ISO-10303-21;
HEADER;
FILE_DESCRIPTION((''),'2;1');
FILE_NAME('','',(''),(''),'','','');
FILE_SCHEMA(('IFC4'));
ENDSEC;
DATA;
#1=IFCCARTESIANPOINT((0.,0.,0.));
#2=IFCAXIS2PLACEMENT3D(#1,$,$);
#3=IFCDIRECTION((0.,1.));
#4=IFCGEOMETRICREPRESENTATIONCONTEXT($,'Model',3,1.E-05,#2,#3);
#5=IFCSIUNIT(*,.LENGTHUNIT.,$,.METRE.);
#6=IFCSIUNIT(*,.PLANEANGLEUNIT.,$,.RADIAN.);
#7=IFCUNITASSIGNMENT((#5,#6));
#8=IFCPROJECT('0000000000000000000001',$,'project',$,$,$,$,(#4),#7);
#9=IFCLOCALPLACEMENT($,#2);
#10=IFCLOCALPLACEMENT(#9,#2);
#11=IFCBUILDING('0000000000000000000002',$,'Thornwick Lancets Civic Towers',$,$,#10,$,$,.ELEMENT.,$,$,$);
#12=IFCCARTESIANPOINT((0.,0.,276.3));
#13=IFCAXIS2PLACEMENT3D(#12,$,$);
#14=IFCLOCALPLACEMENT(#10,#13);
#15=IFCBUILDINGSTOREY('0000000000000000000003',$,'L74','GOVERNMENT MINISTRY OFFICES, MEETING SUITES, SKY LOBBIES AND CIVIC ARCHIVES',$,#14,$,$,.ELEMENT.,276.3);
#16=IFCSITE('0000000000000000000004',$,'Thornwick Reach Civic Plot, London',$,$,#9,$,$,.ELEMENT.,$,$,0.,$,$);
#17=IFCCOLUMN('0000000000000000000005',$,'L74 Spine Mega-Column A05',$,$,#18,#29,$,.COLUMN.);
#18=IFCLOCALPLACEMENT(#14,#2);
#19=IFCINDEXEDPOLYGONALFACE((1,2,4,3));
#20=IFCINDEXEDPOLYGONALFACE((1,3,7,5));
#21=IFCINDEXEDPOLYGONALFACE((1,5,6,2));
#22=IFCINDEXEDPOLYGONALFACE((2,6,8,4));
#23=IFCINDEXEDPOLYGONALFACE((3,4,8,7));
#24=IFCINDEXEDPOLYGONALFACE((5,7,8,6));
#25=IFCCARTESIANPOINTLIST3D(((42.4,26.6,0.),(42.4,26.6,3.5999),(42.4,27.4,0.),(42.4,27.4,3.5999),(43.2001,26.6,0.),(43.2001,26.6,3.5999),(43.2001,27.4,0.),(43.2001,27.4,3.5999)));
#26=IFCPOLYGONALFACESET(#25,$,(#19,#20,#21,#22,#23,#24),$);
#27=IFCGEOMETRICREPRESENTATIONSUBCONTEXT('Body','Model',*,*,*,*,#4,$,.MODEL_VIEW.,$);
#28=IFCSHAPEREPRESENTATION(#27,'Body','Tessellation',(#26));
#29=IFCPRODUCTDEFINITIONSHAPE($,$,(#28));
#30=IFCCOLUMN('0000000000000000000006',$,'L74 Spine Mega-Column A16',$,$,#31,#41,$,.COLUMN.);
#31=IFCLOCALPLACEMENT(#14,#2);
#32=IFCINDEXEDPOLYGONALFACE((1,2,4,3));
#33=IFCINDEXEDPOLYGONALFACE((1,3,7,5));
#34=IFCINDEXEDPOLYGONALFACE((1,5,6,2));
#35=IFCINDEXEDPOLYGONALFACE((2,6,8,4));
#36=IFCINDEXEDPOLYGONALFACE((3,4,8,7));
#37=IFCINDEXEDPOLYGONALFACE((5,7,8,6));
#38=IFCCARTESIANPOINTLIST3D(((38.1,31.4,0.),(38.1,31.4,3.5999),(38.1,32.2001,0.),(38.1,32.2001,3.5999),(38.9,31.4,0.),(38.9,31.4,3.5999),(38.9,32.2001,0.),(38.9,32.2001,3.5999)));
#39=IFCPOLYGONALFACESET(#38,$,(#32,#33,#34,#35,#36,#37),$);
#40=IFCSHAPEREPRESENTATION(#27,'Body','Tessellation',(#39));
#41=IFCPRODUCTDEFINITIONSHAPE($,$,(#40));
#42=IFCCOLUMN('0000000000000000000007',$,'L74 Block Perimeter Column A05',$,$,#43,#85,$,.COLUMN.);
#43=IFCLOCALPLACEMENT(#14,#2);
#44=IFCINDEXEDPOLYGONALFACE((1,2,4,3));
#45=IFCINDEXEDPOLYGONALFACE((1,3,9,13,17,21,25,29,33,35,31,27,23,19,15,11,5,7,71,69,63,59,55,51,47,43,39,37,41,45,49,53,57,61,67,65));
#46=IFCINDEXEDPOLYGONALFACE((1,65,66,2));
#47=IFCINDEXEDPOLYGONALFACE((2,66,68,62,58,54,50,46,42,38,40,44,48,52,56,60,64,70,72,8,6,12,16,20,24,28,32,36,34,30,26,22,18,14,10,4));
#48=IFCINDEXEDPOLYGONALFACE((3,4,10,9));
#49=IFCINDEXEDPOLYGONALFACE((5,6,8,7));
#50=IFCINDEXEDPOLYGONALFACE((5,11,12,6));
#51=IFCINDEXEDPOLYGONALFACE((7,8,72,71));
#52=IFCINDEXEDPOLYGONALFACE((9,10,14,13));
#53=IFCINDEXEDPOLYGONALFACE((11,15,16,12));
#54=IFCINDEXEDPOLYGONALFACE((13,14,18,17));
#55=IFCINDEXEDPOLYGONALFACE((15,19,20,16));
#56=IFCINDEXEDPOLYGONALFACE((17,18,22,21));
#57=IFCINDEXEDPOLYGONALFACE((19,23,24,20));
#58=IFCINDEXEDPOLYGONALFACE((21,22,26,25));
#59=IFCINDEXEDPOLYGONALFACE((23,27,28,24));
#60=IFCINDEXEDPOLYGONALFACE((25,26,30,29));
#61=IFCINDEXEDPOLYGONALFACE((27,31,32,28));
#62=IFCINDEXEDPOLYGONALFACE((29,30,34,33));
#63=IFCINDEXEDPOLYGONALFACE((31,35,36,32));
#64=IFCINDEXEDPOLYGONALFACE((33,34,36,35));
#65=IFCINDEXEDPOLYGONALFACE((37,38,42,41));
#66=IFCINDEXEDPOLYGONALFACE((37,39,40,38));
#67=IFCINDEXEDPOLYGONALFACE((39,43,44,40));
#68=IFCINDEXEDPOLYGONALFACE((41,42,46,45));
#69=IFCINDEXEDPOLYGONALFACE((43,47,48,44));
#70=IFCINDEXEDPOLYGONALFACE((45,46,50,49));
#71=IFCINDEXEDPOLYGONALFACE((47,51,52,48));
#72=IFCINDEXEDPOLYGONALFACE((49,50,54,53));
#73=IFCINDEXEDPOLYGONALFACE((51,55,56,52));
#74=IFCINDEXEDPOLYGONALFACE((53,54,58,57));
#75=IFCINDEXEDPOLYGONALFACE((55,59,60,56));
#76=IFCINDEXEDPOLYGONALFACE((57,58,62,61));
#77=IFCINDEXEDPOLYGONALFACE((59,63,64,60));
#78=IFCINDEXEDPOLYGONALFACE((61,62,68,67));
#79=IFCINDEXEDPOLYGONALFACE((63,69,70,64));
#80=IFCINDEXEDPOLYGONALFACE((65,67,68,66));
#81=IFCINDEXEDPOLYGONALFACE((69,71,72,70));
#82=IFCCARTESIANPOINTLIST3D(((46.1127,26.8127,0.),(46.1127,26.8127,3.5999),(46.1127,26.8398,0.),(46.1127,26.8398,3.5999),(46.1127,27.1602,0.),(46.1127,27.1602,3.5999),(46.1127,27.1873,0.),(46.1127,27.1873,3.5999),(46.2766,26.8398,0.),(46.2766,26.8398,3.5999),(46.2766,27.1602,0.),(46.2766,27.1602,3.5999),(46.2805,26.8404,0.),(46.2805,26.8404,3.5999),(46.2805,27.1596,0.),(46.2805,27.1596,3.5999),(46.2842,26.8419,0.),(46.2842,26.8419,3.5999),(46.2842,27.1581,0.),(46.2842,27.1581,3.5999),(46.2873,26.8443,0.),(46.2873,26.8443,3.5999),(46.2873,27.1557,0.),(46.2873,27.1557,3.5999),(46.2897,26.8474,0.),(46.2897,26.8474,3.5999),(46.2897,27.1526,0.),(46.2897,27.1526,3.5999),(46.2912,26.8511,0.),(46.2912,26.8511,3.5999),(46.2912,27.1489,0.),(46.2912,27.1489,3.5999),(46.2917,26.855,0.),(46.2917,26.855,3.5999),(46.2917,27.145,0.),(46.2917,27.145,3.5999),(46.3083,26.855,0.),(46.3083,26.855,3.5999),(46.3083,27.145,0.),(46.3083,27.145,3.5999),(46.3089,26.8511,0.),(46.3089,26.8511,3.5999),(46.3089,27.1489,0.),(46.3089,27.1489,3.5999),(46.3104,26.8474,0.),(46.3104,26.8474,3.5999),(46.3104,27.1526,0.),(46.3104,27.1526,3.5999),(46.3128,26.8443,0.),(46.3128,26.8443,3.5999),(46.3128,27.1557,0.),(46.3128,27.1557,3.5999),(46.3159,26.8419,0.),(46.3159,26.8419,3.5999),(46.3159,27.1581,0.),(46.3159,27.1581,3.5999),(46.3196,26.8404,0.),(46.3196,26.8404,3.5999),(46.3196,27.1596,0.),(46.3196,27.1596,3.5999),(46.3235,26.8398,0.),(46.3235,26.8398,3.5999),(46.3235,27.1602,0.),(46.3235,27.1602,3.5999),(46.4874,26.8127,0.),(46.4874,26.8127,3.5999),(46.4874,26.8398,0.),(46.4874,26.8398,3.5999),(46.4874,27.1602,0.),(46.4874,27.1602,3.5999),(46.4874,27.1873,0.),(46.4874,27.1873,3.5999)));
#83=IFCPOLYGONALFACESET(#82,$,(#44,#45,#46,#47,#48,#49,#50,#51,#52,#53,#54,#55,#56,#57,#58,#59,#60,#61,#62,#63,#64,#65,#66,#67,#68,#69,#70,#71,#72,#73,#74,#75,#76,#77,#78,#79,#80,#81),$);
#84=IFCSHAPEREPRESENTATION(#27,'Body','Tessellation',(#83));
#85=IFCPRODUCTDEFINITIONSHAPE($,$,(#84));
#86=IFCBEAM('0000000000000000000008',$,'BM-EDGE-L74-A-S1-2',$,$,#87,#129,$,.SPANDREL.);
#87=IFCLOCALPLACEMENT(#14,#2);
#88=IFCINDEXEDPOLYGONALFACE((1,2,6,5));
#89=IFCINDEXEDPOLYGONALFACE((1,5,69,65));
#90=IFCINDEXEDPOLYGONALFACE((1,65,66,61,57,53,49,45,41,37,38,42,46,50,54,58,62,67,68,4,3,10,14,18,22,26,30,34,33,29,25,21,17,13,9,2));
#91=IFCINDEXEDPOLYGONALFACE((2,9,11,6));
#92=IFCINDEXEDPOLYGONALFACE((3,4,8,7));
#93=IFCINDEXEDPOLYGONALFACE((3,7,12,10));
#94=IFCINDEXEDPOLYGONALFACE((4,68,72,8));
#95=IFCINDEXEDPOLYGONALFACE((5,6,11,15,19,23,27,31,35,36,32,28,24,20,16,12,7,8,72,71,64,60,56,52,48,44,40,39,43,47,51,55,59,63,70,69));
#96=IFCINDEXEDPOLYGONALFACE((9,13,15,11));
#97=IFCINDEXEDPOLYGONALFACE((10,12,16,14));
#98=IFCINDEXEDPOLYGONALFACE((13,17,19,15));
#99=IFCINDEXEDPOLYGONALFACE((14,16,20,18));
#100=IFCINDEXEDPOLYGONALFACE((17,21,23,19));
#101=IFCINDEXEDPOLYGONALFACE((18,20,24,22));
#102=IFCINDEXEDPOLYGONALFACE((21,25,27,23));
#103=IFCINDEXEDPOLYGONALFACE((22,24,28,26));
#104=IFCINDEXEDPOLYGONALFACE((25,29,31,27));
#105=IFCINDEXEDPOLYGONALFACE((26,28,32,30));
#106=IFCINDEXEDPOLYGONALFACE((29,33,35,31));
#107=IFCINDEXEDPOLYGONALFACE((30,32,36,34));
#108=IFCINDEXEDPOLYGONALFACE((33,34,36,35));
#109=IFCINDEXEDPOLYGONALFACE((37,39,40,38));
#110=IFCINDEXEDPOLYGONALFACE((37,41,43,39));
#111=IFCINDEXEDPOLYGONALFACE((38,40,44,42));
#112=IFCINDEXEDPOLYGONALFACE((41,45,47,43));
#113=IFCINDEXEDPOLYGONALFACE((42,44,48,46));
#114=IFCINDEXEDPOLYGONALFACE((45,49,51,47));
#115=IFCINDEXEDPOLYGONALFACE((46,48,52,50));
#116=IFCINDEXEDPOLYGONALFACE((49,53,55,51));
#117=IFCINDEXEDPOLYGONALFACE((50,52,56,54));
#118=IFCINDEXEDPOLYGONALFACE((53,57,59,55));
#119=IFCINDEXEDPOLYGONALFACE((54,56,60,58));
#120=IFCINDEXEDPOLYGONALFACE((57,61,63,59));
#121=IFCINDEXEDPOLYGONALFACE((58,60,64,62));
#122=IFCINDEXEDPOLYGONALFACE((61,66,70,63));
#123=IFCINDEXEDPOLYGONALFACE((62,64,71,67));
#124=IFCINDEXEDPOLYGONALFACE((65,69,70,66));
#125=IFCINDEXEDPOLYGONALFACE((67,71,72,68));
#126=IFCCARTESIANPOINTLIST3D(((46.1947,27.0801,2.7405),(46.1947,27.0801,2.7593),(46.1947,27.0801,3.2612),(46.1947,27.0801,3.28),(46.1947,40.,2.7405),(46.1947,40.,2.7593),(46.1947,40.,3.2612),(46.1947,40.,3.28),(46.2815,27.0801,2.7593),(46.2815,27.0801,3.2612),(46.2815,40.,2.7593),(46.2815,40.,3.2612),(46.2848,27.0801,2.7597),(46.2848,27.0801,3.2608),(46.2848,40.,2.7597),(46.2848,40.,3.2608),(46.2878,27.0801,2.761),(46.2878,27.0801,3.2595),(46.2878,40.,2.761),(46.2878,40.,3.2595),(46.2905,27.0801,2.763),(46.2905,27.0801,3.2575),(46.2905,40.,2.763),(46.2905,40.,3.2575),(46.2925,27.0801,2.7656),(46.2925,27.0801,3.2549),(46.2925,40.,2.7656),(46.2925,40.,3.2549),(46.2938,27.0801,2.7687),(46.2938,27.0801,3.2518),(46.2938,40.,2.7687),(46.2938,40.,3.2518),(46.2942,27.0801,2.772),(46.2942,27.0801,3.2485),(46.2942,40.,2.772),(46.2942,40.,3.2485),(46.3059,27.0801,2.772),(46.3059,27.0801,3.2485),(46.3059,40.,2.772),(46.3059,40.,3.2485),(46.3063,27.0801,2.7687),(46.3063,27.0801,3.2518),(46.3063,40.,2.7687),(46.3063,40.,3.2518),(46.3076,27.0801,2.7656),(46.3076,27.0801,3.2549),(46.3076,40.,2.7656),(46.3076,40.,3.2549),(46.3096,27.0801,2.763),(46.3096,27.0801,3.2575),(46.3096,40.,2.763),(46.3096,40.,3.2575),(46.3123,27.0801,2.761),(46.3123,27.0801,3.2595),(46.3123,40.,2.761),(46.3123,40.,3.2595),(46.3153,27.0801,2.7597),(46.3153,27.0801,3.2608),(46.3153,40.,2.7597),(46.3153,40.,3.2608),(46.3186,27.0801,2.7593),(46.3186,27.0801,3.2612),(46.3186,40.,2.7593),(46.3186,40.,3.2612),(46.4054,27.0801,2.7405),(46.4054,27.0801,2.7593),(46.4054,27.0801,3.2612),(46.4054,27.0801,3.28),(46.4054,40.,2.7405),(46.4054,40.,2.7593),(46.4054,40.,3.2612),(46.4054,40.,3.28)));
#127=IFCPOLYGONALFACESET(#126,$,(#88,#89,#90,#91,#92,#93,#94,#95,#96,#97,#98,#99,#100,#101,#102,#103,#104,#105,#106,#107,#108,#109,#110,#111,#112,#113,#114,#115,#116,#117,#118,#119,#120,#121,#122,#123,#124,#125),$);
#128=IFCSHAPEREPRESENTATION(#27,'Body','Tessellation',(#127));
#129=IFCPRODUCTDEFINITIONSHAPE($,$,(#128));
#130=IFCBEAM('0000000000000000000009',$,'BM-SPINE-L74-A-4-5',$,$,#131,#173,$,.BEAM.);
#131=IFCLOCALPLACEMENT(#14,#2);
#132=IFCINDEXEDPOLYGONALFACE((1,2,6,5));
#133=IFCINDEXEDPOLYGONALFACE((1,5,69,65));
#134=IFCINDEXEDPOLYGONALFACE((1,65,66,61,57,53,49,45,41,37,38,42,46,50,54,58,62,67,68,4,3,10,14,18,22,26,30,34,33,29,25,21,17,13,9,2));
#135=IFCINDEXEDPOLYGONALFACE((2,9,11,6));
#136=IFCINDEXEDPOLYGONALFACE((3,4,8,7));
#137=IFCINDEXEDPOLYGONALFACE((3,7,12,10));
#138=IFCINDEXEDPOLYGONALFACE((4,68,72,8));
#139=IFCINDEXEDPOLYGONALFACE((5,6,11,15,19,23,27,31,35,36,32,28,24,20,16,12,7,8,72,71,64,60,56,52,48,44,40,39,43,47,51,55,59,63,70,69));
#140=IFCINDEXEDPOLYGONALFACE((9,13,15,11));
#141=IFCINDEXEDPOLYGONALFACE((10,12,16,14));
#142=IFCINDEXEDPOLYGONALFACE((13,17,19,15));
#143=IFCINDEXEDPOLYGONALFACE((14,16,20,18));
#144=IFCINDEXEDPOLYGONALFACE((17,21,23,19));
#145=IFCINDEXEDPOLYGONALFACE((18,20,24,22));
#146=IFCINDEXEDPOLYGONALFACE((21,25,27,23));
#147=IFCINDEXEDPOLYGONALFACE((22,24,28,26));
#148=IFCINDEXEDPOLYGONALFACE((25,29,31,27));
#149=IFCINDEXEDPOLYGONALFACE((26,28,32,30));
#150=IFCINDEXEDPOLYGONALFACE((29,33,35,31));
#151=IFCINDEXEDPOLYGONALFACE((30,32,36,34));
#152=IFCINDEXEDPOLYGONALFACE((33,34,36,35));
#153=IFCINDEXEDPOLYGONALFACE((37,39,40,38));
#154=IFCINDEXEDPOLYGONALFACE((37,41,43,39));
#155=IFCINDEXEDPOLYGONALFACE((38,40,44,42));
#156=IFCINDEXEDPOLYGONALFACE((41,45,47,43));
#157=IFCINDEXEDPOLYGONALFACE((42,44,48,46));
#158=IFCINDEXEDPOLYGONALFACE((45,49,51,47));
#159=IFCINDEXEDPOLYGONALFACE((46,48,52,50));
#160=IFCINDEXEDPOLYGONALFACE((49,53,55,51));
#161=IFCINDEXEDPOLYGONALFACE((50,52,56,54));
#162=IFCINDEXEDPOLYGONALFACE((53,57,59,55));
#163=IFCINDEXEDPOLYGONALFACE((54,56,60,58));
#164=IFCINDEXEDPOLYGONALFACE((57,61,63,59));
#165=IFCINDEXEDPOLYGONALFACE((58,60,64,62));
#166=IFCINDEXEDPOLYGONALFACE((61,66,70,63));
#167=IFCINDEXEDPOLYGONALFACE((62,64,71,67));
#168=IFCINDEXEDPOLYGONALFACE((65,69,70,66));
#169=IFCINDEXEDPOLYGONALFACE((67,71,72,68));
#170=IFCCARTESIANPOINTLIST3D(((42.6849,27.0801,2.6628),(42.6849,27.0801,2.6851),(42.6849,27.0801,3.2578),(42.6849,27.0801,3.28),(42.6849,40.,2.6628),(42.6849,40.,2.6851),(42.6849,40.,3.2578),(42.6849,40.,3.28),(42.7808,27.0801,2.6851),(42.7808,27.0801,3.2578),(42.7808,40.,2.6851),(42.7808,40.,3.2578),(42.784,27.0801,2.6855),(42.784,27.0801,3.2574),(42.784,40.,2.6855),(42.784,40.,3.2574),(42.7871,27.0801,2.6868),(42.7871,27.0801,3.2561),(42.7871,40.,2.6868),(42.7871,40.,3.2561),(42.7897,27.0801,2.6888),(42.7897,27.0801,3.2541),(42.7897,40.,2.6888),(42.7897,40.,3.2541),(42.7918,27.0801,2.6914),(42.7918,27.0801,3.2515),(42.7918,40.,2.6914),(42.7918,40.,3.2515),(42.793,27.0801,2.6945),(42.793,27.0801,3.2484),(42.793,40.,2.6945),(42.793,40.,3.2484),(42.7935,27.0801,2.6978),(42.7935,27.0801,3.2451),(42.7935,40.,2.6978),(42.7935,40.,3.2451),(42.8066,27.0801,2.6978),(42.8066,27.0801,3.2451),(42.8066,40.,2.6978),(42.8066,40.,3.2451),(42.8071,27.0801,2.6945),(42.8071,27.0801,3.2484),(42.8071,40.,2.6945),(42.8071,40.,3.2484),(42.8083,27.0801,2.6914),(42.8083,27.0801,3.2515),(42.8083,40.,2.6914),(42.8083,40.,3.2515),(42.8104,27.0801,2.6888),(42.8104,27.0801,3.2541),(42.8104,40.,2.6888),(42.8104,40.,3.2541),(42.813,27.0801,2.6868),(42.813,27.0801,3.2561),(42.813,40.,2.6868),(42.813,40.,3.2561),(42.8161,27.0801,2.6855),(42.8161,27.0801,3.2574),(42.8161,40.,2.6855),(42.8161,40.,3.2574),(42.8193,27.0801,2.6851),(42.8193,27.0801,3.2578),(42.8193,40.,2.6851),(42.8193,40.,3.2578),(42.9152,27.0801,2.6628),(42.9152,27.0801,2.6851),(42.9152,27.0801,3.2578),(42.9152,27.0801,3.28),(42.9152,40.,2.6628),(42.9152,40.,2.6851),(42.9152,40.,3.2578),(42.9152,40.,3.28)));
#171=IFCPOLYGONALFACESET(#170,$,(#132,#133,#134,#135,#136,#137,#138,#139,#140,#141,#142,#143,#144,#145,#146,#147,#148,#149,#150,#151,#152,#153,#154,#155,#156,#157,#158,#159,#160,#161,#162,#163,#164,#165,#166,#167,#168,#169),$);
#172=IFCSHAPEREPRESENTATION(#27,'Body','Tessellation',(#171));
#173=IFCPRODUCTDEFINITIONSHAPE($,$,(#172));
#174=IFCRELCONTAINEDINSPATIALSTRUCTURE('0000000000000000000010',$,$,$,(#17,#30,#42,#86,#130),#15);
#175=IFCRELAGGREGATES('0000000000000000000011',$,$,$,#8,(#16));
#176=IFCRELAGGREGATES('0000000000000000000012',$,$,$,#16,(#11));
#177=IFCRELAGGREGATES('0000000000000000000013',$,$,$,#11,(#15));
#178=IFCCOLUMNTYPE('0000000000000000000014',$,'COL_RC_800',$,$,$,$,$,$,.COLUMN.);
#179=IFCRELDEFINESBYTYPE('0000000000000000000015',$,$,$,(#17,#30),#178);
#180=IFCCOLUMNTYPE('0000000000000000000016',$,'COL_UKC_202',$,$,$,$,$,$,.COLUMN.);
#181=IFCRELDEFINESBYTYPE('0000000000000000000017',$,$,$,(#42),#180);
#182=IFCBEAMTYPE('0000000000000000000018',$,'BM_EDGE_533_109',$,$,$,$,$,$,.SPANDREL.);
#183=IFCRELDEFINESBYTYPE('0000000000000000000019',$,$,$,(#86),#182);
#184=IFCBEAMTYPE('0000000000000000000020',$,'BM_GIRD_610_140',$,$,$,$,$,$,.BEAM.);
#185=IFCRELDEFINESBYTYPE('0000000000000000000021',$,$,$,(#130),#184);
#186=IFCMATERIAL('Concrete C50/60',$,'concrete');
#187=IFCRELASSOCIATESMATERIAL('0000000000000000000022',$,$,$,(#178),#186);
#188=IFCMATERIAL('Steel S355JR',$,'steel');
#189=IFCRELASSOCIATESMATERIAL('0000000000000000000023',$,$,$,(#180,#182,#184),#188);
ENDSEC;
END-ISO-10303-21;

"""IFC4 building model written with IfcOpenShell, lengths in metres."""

from ifc_helpers import new_model, si_unit, direction, frame, origin, origin_2d, place, context, subcontext, project, spatial, rectangle, i_section, extrude, material, material_profile, profile_set, type_object, element, save


model = new_model("IFC4")

# Units and contexts
model_context = context("Model", 3, precision=1e-05, world=origin(), true_north=direction((0.0, 1.0)))
body_context = subcontext(model_context, "Body", "Model", "MODEL_VIEW")
ifc_project = project(units=[si_unit("LENGTHUNIT", "METRE"), si_unit("PLANEANGLEUNIT", "RADIAN")], contexts=[model_context])

# Site, building, storey
site_placement = place(None, origin())
site = spatial("IfcSite", under=ifc_project, at=site_placement, Name="Thornwick Reach Civic Plot, London", CompositionType="ELEMENT", RefElevation=0.0)
building_placement = place(site_placement, origin())
building = spatial("IfcBuilding", under=site, at=building_placement, Name="Thornwick Lancets Civic Towers", CompositionType="ELEMENT")
storey_placement = place(building_placement, frame((0.0, 0.0, 276.3)))
storey = spatial("IfcBuildingStorey", under=building, at=storey_placement, Name="L74", Description="GOVERNMENT MINISTRY OFFICES, MEETING SUITES, SKY LOBBIES AND CIVIC ARCHIVES", CompositionType="ELEMENT", Elevation=276.3)

# Columns
ifc_material_1 = material(Name="Concrete C50/60", Category="concrete")
ifc_material_profile_1 = material_profile(ifc_material_1, rectangle(XDim=0.8, YDim=0.8, at=origin_2d()), Name="RC 800x800")
ifc_profile_set_1 = profile_set([ifc_material_profile_1], Name="Concrete C50/60")
column_type_1 = type_object("IfcColumnType", Name="COL_RC_800", PredefinedType="COLUMN", material=ifc_profile_set_1)
for number, where, z_axis, x_axis, name in (
    (1, (42.8, 27.0, 0.0), (0.0, 0.0, 1.0), (1.0, 0.0, 0.0), "L74 Spine Mega-Column A05"),
    (2, (38.5, 31.8, 0.0), (0.0, 0.0, 1.0), (1.0, 0.0, 0.0), "L74 Spine Mega-Column A16"),
):
    element("IfcColumn", number, at=place(storey_placement, frame(where, z_axis=z_axis, x_axis=x_axis)), inside=storey, type_object=column_type_1, Name=name, PredefinedType="COLUMN", context=body_context, shape_type="SweptSolid", body=[
        extrude(rectangle(XDim=0.8, YDim=0.8, at=origin_2d()), origin(), (0.0, 0.0, 1.0), 3.5999),
    ])
ifc_material_2 = material(Name="Steel S355JR", Category="steel")
ifc_material_profile_2 = material_profile(ifc_material_2, i_section(OverallWidth=0.3748, OverallDepth=0.3745, WebThickness=0.0166, FlangeThickness=0.0271, FilletRadius=0.0151, at=origin_2d()), Name="UKC 356x368x202")
ifc_profile_set_2 = profile_set([ifc_material_profile_2], Name="Steel S355JR")
column_type_2 = type_object("IfcColumnType", Name="COL_UKC_202", PredefinedType="COLUMN", material=ifc_profile_set_2)
column_placement = place(storey_placement, frame((46.3, 27.0, 0.0), z_axis=(0.0, 0.0, 1.0), x_axis=(1.0, 0.0, 0.0)))
element("IfcColumn", 3, at=column_placement, inside=storey, type_object=column_type_2, Name="L74 Block Perimeter Column A05", PredefinedType="COLUMN", context=body_context, shape_type="SweptSolid", body=[
    extrude(i_section(OverallWidth=0.3748, OverallDepth=0.3745, WebThickness=0.0166, FlangeThickness=0.0271, FilletRadius=0.0151, at=origin_2d()), origin(), (0.0, 0.0, 1.0), 3.5999),
])

# Beams
ifc_material_profile_3 = material_profile(ifc_material_2, i_section(OverallWidth=0.2107, OverallDepth=0.5396, WebThickness=0.0117, FlangeThickness=0.0188, FilletRadius=0.0127, at=origin_2d()), Name="UKB 533x210x109")
ifc_profile_set_3 = profile_set([ifc_material_profile_3], Name="Steel S355JR")
beam_type_1 = type_object("IfcBeamType", Name="BM_EDGE_533_109", PredefinedType="SPANDREL", material=ifc_profile_set_3)
beam_1_placement = place(storey_placement, frame((46.3, 27.0801, 3.0103), z_axis=(0.0, 1.0, 0.0), x_axis=(-1.0, 0.0, 0.0)))
element("IfcBeam", 4, at=beam_1_placement, inside=storey, type_object=beam_type_1, Name="BM-EDGE-L74-A-S1-2", PredefinedType="SPANDREL", context=body_context, shape_type="SweptSolid", body=[
    extrude(i_section(OverallWidth=0.2107, OverallDepth=0.5396, WebThickness=0.0117, FlangeThickness=0.0188, FilletRadius=0.0127, at=origin_2d()), origin(), (0.0, 0.0, 1.0), 12.9199),
])
ifc_material_profile_4 = material_profile(ifc_material_2, i_section(OverallWidth=0.2302, OverallDepth=0.6172, WebThickness=0.0132, FlangeThickness=0.0222, FilletRadius=0.0127, at=origin_2d()), Name="UKB 610x229x140")
ifc_profile_set_4 = profile_set([ifc_material_profile_4], Name="Steel S355JR")
beam_type_2 = type_object("IfcBeamType", Name="BM_GIRD_610_140", PredefinedType="BEAM", material=ifc_profile_set_4)
beam_2_placement = place(storey_placement, frame((42.8, 27.0801, 2.9714), z_axis=(0.0, 1.0, 0.0), x_axis=(-1.0, 0.0, 0.0)))
element("IfcBeam", 5, at=beam_2_placement, inside=storey, type_object=beam_type_2, Name="BM-SPINE-L74-A-4-5", PredefinedType="BEAM", context=body_context, shape_type="SweptSolid", body=[
    extrude(i_section(OverallWidth=0.2302, OverallDepth=0.6172, WebThickness=0.0132, FlangeThickness=0.0222, FilletRadius=0.0127, at=origin_2d()), origin(), (0.0, 0.0, 1.0), 12.9199),
])

save(model, "model.ifc")
